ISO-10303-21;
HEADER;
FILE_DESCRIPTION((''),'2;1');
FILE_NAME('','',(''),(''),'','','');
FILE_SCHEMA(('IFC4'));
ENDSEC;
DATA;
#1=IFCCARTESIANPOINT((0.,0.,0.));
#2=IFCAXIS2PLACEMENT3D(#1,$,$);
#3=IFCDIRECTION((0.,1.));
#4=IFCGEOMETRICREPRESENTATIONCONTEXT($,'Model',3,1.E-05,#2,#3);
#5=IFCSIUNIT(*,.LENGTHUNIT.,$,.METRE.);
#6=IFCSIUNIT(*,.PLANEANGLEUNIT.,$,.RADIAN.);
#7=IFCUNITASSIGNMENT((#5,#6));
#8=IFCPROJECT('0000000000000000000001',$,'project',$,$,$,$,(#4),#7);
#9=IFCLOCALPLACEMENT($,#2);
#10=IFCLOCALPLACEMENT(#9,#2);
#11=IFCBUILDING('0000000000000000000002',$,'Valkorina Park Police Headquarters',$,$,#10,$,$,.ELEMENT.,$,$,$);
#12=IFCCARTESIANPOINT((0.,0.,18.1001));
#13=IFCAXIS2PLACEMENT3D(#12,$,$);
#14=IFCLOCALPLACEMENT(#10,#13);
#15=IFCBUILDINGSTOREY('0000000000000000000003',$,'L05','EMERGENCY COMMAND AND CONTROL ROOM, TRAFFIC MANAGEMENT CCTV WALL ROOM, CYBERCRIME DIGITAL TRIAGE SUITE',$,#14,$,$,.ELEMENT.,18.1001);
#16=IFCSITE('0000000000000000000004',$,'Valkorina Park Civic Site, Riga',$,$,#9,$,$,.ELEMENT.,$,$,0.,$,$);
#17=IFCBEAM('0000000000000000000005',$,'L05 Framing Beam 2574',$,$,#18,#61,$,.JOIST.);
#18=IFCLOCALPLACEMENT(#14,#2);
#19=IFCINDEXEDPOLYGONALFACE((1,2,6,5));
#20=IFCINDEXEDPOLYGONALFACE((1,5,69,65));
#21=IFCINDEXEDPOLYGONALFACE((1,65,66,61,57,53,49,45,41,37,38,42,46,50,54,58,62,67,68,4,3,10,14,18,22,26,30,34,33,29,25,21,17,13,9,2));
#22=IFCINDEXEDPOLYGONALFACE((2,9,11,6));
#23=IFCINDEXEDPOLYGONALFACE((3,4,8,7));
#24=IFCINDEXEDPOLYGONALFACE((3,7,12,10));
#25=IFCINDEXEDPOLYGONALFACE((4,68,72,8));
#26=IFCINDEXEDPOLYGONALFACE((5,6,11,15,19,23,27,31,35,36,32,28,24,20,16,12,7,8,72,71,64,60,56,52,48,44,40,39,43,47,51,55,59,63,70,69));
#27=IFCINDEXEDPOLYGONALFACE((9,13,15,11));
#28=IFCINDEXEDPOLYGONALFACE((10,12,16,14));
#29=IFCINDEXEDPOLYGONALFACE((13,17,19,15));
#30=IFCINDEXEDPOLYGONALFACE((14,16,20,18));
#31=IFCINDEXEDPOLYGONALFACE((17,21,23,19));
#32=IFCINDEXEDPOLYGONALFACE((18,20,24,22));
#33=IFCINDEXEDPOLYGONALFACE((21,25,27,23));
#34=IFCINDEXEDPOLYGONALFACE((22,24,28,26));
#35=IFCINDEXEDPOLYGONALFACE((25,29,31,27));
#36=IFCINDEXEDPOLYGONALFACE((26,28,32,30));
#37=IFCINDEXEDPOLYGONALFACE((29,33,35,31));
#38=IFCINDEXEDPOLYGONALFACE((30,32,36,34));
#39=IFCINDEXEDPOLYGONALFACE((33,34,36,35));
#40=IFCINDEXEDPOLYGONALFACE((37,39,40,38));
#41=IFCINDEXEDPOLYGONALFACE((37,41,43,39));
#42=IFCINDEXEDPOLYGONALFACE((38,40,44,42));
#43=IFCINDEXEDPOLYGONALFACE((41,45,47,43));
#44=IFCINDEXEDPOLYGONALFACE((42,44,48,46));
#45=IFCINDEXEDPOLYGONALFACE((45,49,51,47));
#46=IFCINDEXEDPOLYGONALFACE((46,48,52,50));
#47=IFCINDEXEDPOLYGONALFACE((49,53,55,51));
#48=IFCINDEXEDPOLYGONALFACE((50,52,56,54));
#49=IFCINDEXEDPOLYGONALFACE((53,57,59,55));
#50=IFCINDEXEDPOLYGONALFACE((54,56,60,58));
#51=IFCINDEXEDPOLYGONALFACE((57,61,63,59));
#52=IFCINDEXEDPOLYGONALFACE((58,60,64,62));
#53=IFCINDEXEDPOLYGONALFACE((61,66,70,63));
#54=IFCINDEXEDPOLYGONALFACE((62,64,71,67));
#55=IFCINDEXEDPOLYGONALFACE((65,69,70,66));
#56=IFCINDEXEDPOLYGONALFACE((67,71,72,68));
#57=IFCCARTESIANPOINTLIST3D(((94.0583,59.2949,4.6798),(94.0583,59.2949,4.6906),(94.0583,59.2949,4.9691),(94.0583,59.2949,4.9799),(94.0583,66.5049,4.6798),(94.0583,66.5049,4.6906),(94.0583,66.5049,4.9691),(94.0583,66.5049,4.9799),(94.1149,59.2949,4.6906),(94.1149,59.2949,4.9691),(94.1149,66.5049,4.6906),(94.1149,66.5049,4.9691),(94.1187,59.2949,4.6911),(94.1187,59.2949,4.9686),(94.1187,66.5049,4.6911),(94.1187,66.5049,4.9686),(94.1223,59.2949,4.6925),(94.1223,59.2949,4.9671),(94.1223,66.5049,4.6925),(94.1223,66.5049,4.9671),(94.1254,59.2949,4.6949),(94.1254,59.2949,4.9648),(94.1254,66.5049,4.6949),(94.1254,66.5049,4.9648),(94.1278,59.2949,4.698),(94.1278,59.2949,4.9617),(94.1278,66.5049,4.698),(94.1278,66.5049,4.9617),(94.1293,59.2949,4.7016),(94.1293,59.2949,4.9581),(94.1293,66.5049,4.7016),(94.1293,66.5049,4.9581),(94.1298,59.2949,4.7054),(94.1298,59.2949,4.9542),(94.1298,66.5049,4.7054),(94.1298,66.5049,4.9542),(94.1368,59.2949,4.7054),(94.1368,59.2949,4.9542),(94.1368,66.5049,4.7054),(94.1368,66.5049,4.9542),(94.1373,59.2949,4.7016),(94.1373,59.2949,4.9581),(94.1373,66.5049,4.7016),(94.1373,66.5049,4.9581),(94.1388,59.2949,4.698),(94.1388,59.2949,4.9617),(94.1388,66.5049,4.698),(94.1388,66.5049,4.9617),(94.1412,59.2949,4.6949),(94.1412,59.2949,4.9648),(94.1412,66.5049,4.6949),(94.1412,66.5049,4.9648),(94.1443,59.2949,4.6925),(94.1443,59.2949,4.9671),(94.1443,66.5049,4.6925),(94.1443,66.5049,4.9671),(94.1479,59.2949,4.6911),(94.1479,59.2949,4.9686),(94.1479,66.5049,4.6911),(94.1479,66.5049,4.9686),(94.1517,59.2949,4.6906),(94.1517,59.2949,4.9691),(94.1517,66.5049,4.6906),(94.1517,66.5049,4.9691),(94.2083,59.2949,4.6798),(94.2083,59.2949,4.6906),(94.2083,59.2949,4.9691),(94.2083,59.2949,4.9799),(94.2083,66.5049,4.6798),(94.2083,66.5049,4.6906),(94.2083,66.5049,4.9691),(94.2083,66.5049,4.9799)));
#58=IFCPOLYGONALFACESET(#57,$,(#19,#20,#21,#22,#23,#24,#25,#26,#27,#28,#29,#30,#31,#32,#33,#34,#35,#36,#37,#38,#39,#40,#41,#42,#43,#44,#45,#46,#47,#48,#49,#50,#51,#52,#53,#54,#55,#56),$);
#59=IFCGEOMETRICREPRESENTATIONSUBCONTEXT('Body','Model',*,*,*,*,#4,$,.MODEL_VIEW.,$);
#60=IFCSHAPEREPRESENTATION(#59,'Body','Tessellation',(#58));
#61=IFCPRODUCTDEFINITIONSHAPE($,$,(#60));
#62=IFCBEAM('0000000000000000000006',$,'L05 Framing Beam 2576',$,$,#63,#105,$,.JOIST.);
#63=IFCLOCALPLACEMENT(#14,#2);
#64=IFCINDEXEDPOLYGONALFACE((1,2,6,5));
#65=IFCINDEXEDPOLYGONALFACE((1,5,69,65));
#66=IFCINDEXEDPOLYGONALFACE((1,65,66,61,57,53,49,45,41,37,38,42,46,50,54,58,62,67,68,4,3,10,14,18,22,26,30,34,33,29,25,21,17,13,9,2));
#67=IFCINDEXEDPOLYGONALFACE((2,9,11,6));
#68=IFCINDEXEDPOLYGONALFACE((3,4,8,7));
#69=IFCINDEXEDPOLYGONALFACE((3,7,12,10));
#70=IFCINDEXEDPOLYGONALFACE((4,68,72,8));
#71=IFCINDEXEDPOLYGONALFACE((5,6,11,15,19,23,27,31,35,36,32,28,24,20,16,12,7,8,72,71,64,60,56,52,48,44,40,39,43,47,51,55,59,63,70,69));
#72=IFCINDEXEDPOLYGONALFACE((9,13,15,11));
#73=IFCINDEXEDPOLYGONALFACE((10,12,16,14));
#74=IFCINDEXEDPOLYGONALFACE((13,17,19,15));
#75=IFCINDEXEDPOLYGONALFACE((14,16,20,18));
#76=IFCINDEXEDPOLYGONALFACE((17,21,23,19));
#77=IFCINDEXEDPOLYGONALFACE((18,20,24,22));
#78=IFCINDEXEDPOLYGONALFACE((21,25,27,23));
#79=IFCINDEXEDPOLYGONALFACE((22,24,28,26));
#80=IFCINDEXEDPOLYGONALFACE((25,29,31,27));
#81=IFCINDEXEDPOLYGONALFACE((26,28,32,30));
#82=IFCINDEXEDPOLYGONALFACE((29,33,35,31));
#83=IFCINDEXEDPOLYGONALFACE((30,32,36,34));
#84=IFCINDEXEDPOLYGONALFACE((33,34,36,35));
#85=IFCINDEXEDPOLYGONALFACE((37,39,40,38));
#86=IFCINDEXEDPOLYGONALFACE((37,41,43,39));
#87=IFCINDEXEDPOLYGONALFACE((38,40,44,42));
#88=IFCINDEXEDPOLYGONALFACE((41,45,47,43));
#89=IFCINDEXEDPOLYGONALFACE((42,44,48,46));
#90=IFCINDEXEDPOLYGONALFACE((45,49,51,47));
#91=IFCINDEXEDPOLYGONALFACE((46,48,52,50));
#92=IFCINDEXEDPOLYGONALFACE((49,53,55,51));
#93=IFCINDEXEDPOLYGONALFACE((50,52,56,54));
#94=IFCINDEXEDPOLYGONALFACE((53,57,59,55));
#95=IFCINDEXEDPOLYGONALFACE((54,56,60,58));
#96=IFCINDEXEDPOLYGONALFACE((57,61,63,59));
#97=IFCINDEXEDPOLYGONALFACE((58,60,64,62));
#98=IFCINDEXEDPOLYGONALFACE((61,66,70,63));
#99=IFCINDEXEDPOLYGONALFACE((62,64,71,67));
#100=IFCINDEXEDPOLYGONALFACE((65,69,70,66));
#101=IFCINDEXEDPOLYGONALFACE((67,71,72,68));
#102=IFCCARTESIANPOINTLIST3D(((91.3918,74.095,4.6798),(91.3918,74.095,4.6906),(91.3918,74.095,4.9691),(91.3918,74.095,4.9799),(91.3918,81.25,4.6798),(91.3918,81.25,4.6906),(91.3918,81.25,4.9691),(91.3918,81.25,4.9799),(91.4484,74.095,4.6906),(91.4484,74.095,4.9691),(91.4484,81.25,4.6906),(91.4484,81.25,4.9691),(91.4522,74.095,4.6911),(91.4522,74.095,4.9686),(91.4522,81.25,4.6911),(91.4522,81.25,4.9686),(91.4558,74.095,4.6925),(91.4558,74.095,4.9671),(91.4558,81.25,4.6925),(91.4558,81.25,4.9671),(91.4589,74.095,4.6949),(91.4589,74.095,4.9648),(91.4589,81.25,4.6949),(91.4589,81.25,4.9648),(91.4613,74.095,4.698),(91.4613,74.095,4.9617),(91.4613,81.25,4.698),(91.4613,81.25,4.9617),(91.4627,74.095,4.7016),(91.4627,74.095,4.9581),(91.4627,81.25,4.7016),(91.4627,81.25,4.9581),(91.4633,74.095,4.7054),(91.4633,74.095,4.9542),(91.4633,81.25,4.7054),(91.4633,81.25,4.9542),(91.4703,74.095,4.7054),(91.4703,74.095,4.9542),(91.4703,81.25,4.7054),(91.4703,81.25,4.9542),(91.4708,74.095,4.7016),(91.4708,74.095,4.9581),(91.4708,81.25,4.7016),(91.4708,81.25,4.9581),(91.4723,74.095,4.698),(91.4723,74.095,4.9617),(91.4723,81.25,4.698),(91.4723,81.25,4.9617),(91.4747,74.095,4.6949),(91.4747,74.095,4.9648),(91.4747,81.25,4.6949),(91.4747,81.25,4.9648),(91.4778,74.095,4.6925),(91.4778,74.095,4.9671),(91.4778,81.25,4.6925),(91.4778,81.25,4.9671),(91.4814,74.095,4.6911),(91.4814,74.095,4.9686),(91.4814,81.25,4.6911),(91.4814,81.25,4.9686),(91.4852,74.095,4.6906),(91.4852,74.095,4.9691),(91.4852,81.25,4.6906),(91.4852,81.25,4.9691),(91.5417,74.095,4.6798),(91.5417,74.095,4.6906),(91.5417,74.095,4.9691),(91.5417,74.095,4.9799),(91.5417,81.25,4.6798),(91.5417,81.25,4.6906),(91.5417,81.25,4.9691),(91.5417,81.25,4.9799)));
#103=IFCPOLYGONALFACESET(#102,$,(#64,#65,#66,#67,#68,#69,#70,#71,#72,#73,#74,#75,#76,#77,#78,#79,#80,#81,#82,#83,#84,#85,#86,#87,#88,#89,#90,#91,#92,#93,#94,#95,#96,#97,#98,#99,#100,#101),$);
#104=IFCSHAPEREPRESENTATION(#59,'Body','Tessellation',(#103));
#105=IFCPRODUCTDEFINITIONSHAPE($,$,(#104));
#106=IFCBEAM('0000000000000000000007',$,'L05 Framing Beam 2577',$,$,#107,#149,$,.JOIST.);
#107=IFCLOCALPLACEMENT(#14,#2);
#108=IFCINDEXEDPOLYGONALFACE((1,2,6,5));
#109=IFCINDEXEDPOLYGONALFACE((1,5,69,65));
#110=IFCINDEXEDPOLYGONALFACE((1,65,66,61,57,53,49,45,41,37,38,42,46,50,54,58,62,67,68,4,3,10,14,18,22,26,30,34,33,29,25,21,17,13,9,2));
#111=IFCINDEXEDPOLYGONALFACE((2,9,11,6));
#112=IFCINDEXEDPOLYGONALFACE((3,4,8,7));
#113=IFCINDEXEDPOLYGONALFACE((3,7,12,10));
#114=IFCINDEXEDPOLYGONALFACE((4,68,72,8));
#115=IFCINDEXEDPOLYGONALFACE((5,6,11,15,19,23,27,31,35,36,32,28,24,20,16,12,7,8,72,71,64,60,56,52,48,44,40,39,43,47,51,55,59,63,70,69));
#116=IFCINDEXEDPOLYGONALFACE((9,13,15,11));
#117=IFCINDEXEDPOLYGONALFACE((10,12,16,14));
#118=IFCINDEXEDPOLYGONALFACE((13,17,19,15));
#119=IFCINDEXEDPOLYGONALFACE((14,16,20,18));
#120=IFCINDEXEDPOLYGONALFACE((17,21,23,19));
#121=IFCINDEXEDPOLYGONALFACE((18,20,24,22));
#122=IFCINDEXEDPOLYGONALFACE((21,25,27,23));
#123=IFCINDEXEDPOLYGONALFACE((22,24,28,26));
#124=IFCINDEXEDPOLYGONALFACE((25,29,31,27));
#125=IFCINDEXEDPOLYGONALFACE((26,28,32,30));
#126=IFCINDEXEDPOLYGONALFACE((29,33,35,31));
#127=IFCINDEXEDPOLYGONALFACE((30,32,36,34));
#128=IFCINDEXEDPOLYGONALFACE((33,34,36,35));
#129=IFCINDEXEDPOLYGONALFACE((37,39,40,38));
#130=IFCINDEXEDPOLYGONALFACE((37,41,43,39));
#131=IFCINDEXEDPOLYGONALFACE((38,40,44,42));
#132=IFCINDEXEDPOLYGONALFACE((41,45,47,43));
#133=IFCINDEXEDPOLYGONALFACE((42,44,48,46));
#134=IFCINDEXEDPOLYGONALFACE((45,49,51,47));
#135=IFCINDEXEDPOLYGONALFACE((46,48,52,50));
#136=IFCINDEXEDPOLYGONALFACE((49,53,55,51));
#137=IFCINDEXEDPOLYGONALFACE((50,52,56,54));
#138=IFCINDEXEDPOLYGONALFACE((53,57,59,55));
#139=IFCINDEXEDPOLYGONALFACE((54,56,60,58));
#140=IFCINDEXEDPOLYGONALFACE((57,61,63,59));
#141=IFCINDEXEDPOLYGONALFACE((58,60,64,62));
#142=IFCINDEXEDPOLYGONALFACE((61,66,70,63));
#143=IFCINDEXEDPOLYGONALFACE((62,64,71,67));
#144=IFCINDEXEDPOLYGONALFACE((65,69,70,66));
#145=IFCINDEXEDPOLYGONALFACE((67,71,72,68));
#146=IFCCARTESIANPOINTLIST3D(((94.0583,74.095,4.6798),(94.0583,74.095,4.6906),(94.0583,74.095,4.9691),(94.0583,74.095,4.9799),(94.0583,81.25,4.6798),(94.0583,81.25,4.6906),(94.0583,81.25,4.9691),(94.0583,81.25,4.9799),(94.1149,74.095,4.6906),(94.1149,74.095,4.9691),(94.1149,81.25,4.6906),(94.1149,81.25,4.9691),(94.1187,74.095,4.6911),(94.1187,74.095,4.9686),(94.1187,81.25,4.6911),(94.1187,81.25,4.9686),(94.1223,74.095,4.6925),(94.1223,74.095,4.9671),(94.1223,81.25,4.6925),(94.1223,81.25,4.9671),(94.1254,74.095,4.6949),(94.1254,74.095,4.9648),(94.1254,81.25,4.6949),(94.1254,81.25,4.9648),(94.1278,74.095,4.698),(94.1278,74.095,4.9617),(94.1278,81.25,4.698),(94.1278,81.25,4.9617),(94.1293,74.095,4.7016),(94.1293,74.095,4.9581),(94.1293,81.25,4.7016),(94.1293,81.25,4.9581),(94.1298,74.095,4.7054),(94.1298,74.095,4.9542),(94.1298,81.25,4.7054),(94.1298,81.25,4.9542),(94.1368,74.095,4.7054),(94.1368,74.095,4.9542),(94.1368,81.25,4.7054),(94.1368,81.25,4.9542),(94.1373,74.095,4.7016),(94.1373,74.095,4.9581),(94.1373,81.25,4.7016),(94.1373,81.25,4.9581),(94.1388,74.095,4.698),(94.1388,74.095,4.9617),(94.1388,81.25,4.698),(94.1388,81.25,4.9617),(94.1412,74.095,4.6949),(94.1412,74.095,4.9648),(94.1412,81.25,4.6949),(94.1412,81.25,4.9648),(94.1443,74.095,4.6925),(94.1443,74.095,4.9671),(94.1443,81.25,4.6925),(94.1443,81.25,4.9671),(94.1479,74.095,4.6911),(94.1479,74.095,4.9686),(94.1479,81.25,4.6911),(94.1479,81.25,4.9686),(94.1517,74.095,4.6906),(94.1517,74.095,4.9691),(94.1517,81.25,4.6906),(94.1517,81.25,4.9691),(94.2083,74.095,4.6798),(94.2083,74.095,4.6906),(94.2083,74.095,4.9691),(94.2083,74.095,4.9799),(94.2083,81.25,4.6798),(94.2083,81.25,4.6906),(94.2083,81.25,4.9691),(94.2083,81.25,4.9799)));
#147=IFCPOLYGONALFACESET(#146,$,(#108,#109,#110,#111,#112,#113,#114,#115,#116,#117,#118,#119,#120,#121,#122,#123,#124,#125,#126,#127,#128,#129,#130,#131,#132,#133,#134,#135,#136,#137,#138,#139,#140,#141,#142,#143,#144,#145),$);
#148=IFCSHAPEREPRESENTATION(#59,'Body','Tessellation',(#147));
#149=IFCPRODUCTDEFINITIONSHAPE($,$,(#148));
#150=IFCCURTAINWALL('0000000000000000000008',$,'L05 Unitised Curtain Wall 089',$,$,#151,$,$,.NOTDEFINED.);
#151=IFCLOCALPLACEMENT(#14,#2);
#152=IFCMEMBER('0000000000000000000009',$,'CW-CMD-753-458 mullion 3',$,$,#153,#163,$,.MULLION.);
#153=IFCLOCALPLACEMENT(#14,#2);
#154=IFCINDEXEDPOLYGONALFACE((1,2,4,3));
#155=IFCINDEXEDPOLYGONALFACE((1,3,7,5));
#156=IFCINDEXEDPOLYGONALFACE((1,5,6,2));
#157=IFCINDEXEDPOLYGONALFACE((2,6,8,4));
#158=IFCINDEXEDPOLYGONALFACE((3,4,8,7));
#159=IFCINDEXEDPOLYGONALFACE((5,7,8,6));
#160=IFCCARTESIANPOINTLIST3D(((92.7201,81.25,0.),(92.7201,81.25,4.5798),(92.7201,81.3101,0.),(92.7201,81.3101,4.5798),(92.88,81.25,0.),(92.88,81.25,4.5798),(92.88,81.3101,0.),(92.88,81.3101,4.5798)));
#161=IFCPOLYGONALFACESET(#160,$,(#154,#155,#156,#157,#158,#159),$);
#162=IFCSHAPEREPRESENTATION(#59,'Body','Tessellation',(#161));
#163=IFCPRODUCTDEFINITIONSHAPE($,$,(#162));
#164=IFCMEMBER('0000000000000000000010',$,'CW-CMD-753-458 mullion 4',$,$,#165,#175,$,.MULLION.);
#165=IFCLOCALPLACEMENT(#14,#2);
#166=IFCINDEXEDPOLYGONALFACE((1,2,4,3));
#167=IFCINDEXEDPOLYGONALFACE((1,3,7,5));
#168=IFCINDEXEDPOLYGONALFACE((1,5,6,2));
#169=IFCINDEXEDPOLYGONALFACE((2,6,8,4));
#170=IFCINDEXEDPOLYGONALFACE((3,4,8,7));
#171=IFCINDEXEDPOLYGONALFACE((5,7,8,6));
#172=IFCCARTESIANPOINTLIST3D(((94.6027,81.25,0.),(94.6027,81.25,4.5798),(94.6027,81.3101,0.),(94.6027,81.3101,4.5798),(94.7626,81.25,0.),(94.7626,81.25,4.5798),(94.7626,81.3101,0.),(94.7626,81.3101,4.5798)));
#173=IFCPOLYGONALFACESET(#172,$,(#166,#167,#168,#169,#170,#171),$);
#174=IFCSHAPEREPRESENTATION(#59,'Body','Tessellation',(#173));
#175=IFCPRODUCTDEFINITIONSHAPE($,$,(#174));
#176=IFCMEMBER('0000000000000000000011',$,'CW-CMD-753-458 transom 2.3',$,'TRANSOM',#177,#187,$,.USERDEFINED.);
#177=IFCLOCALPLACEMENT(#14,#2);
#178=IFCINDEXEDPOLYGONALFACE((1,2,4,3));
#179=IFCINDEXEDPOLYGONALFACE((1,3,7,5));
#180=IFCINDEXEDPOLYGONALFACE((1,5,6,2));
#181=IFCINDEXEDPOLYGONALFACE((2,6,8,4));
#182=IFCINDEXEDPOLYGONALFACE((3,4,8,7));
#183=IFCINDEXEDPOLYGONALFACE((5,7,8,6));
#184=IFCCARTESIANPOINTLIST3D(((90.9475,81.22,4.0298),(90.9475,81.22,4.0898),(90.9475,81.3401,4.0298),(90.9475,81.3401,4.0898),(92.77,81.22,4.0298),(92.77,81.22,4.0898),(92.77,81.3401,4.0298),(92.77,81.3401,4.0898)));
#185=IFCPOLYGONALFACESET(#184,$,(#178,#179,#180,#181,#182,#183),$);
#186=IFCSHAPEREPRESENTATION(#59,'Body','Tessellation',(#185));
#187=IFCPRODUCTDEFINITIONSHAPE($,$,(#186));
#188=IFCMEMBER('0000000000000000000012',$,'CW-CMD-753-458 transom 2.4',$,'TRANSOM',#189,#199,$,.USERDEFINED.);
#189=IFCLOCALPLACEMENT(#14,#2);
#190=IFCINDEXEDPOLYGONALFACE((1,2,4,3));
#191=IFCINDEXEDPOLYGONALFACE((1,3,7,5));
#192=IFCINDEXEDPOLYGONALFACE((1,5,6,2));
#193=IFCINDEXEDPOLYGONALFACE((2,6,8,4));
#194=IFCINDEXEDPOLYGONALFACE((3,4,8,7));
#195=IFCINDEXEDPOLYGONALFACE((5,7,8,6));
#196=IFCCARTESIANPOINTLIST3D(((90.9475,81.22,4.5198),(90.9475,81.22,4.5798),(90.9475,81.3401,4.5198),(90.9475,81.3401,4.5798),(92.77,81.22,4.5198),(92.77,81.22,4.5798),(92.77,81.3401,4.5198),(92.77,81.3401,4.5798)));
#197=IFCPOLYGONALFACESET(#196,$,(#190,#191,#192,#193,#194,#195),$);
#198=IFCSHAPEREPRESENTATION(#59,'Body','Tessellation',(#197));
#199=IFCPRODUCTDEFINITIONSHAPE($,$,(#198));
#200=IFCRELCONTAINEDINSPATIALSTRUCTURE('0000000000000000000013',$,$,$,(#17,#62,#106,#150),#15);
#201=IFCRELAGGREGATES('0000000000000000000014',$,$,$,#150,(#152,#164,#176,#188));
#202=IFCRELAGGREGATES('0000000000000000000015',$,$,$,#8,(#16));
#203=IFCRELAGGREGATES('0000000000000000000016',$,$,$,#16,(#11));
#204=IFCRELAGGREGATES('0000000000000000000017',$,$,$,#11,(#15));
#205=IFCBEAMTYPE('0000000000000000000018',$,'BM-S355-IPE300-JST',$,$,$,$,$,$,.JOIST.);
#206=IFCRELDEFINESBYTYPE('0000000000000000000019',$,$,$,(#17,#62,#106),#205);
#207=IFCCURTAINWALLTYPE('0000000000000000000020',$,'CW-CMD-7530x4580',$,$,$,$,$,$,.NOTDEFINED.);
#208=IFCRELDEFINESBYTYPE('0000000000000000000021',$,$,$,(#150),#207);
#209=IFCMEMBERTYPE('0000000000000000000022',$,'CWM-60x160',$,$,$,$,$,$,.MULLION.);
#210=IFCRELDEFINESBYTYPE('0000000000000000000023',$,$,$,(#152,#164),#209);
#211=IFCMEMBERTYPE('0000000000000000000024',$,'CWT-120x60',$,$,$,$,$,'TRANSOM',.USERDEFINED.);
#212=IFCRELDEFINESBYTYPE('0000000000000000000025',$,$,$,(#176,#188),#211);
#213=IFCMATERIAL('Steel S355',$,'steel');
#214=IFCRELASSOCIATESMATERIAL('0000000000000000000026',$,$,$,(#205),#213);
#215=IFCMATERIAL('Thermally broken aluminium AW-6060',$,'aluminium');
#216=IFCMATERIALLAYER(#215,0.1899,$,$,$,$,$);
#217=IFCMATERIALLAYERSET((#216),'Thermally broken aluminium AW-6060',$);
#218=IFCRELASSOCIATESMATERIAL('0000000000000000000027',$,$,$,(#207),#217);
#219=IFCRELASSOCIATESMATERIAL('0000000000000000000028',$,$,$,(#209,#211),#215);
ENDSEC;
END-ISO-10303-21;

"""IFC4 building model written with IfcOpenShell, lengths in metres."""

from ifc_helpers import new_model, si_unit, direction, frame, origin, origin_2d, place, context, subcontext, project, spatial, rectangle, i_section, extrude, material, layer, layer_set, material_profile, profile_set, type_object, element, aggregate, save


model = new_model("IFC4")

# Units and contexts
model_context = context("Model", 3, precision=1e-05, world=origin(), true_north=direction((0.0, 1.0)))
body_context = subcontext(model_context, "Body", "Model", "MODEL_VIEW")
ifc_project = project(units=[si_unit("LENGTHUNIT", "METRE"), si_unit("PLANEANGLEUNIT", "RADIAN")], contexts=[model_context])

# Site, building, storey
site_placement = place(None, origin())
site = spatial("IfcSite", under=ifc_project, at=site_placement, Name="Valkorina Park Civic Site, Riga", CompositionType="ELEMENT", RefElevation=0.0)
building_placement = place(site_placement, origin())
building = spatial("IfcBuilding", under=site, at=building_placement, Name="Valkorina Park Police Headquarters", CompositionType="ELEMENT")
storey_placement = place(building_placement, frame((0.0, 0.0, 18.1001)))
storey = spatial("IfcBuildingStorey", under=building, at=storey_placement, Name="L05", Description="EMERGENCY COMMAND AND CONTROL ROOM, TRAFFIC MANAGEMENT CCTV WALL ROOM, CYBERCRIME DIGITAL TRIAGE SUITE", CompositionType="ELEMENT", Elevation=18.1001)

# Shared definitions
ifc_material_1 = material(Name="Steel S355", Category="steel")

# Beams
ifc_material_profile_1 = material_profile(ifc_material_1, i_section(OverallWidth=0.1499, OverallDepth=0.3, WebThickness=0.0071, FlangeThickness=0.0107, FilletRadius=0.0149, at=origin_2d()), Name="IPE 300")
ifc_profile_set_1 = profile_set([ifc_material_profile_1], Name="Steel S355")
beam_type_1 = type_object("IfcBeamType", Name="BM-S355-IPE300-JST", PredefinedType="JOIST", material=ifc_profile_set_1)
for number, where, z_axis, x_axis, name in (
    (1, (94.1333, 59.2949, 4.8298), (0.0, 1.0, 0.0), (-1.0, 0.0, 0.0), "L05 Framing Beam 2574"),
):
    element("IfcBeam", number, at=place(storey_placement, frame(where, z_axis=z_axis, x_axis=x_axis)), inside=storey, type_object=beam_type_1, Name=name, PredefinedType="JOIST", context=body_context, shape_type="SweptSolid", body=[
        extrude(i_section(OverallWidth=0.1499, OverallDepth=0.3, WebThickness=0.0071, FlangeThickness=0.0107, FilletRadius=0.0149, at=origin_2d()), origin(), (0.0, 0.0, 1.0), 7.21),
    ])
for number, where, z_axis, x_axis, name in (
    (2, (91.4668, 74.095, 4.8298), (0.0, 1.0, 0.0), (-1.0, 0.0, 0.0), "L05 Framing Beam 2576"),
    (3, (94.1333, 74.095, 4.8298), (0.0, 1.0, 0.0), (-1.0, 0.0, 0.0), "L05 Framing Beam 2577"),
):
    element("IfcBeam", number, at=place(storey_placement, frame(where, z_axis=z_axis, x_axis=x_axis)), inside=storey, type_object=beam_type_1, Name=name, PredefinedType="JOIST", context=body_context, shape_type="SweptSolid", body=[
        extrude(i_section(OverallWidth=0.1499, OverallDepth=0.3, WebThickness=0.0071, FlangeThickness=0.0107, FilletRadius=0.0149, at=origin_2d()), origin(), (0.0, 0.0, 1.0), 7.155),
    ])

# Curtain wall, members
ifc_material_2 = material(Name="Thermally broken aluminium AW-6060", Category="aluminium")
ifc_layer_1 = layer(ifc_material_2, 0.1899)
ifc_layer_set_1 = layer_set([ifc_layer_1], Name="Thermally broken aluminium AW-6060")
curtain_wall_type = type_object("IfcCurtainWallType", Name="CW-CMD-7530x4580", PredefinedType="NOTDEFINED", material=ifc_layer_set_1)
curtain_wall_placement = place(storey_placement, origin())
curtain_wall = element("IfcCurtainWall", 4, at=curtain_wall_placement, inside=storey, type_object=curtain_wall_type, Name="L05 Unitised Curtain Wall 089", PredefinedType="NOTDEFINED")
ifc_material_profile_2 = material_profile(ifc_material_2, rectangle(XDim=0.0601, YDim=0.1599, at=origin_2d()), Name="CWM-01 60x160")
ifc_profile_set_2 = profile_set([ifc_material_profile_2], Name="Thermally broken aluminium AW-6060")
member_type_1 = type_object("IfcMemberType", Name="CWM-60x160", PredefinedType="MULLION", material=ifc_profile_set_2)
member_1_placement = place(storey_placement, frame((92.8, 81.28, 0.0), z_axis=(0.0, 0.0, 1.0), x_axis=(0.0, 1.0, 0.0)))
member_1 = element("IfcMember", 5, at=member_1_placement, type_object=member_type_1, Name="CW-CMD-753-458 mullion 3", PredefinedType="MULLION", context=body_context, shape_type="SweptSolid", body=[
    extrude(rectangle(XDim=0.0601, YDim=0.1599, at=origin_2d()), origin(), (0.0, 0.0, 1.0), 4.5798),
])
member_2_placement = place(storey_placement, frame((94.6826, 81.28, 0.0), z_axis=(0.0, 0.0, 1.0), x_axis=(0.0, 1.0, 0.0)))
member_2 = element("IfcMember", 6, at=member_2_placement, type_object=member_type_1, Name="CW-CMD-753-458 mullion 4", PredefinedType="MULLION", context=body_context, shape_type="SweptSolid", body=[
    extrude(rectangle(XDim=0.0601, YDim=0.1599, at=origin_2d()), origin(), (0.0, 0.0, 1.0), 4.5798),
])
ifc_material_profile_3 = material_profile(ifc_material_2, rectangle(XDim=0.1201, YDim=0.0601, at=origin_2d()), Name="CWT-01 120x60")
ifc_profile_set_3 = profile_set([ifc_material_profile_3], Name="Thermally broken aluminium AW-6060")
member_type_2 = type_object("IfcMemberType", Name="CWT-120x60", ElementType="TRANSOM", PredefinedType="USERDEFINED", material=ifc_profile_set_3)
member_3_placement = place(storey_placement, frame((90.9475, 81.28, 4.0598), z_axis=(1.0, 0.0, 0.0), x_axis=(0.0, 1.0, 0.0)))
member_3 = element("IfcMember", 7, at=member_3_placement, type_object=member_type_2, Name="CW-CMD-753-458 transom 2.3", ObjectType="TRANSOM", PredefinedType="USERDEFINED", context=body_context, shape_type="SweptSolid", body=[
    extrude(rectangle(XDim=0.1201, YDim=0.0601, at=origin_2d()), origin(), (0.0, 0.0, 1.0), 1.8225),
])
member_4_placement = place(storey_placement, frame((90.9475, 81.28, 4.5498), z_axis=(1.0, 0.0, 0.0), x_axis=(0.0, 1.0, 0.0)))
member_4 = element("IfcMember", 8, at=member_4_placement, type_object=member_type_2, Name="CW-CMD-753-458 transom 2.4", ObjectType="TRANSOM", PredefinedType="USERDEFINED", context=body_context, shape_type="SweptSolid", body=[
    extrude(rectangle(XDim=0.1201, YDim=0.0601, at=origin_2d()), origin(), (0.0, 0.0, 1.0), 1.8225),
])
aggregate(curtain_wall, [member_1, member_2, member_3, member_4])

save(model, "model.ifc")
